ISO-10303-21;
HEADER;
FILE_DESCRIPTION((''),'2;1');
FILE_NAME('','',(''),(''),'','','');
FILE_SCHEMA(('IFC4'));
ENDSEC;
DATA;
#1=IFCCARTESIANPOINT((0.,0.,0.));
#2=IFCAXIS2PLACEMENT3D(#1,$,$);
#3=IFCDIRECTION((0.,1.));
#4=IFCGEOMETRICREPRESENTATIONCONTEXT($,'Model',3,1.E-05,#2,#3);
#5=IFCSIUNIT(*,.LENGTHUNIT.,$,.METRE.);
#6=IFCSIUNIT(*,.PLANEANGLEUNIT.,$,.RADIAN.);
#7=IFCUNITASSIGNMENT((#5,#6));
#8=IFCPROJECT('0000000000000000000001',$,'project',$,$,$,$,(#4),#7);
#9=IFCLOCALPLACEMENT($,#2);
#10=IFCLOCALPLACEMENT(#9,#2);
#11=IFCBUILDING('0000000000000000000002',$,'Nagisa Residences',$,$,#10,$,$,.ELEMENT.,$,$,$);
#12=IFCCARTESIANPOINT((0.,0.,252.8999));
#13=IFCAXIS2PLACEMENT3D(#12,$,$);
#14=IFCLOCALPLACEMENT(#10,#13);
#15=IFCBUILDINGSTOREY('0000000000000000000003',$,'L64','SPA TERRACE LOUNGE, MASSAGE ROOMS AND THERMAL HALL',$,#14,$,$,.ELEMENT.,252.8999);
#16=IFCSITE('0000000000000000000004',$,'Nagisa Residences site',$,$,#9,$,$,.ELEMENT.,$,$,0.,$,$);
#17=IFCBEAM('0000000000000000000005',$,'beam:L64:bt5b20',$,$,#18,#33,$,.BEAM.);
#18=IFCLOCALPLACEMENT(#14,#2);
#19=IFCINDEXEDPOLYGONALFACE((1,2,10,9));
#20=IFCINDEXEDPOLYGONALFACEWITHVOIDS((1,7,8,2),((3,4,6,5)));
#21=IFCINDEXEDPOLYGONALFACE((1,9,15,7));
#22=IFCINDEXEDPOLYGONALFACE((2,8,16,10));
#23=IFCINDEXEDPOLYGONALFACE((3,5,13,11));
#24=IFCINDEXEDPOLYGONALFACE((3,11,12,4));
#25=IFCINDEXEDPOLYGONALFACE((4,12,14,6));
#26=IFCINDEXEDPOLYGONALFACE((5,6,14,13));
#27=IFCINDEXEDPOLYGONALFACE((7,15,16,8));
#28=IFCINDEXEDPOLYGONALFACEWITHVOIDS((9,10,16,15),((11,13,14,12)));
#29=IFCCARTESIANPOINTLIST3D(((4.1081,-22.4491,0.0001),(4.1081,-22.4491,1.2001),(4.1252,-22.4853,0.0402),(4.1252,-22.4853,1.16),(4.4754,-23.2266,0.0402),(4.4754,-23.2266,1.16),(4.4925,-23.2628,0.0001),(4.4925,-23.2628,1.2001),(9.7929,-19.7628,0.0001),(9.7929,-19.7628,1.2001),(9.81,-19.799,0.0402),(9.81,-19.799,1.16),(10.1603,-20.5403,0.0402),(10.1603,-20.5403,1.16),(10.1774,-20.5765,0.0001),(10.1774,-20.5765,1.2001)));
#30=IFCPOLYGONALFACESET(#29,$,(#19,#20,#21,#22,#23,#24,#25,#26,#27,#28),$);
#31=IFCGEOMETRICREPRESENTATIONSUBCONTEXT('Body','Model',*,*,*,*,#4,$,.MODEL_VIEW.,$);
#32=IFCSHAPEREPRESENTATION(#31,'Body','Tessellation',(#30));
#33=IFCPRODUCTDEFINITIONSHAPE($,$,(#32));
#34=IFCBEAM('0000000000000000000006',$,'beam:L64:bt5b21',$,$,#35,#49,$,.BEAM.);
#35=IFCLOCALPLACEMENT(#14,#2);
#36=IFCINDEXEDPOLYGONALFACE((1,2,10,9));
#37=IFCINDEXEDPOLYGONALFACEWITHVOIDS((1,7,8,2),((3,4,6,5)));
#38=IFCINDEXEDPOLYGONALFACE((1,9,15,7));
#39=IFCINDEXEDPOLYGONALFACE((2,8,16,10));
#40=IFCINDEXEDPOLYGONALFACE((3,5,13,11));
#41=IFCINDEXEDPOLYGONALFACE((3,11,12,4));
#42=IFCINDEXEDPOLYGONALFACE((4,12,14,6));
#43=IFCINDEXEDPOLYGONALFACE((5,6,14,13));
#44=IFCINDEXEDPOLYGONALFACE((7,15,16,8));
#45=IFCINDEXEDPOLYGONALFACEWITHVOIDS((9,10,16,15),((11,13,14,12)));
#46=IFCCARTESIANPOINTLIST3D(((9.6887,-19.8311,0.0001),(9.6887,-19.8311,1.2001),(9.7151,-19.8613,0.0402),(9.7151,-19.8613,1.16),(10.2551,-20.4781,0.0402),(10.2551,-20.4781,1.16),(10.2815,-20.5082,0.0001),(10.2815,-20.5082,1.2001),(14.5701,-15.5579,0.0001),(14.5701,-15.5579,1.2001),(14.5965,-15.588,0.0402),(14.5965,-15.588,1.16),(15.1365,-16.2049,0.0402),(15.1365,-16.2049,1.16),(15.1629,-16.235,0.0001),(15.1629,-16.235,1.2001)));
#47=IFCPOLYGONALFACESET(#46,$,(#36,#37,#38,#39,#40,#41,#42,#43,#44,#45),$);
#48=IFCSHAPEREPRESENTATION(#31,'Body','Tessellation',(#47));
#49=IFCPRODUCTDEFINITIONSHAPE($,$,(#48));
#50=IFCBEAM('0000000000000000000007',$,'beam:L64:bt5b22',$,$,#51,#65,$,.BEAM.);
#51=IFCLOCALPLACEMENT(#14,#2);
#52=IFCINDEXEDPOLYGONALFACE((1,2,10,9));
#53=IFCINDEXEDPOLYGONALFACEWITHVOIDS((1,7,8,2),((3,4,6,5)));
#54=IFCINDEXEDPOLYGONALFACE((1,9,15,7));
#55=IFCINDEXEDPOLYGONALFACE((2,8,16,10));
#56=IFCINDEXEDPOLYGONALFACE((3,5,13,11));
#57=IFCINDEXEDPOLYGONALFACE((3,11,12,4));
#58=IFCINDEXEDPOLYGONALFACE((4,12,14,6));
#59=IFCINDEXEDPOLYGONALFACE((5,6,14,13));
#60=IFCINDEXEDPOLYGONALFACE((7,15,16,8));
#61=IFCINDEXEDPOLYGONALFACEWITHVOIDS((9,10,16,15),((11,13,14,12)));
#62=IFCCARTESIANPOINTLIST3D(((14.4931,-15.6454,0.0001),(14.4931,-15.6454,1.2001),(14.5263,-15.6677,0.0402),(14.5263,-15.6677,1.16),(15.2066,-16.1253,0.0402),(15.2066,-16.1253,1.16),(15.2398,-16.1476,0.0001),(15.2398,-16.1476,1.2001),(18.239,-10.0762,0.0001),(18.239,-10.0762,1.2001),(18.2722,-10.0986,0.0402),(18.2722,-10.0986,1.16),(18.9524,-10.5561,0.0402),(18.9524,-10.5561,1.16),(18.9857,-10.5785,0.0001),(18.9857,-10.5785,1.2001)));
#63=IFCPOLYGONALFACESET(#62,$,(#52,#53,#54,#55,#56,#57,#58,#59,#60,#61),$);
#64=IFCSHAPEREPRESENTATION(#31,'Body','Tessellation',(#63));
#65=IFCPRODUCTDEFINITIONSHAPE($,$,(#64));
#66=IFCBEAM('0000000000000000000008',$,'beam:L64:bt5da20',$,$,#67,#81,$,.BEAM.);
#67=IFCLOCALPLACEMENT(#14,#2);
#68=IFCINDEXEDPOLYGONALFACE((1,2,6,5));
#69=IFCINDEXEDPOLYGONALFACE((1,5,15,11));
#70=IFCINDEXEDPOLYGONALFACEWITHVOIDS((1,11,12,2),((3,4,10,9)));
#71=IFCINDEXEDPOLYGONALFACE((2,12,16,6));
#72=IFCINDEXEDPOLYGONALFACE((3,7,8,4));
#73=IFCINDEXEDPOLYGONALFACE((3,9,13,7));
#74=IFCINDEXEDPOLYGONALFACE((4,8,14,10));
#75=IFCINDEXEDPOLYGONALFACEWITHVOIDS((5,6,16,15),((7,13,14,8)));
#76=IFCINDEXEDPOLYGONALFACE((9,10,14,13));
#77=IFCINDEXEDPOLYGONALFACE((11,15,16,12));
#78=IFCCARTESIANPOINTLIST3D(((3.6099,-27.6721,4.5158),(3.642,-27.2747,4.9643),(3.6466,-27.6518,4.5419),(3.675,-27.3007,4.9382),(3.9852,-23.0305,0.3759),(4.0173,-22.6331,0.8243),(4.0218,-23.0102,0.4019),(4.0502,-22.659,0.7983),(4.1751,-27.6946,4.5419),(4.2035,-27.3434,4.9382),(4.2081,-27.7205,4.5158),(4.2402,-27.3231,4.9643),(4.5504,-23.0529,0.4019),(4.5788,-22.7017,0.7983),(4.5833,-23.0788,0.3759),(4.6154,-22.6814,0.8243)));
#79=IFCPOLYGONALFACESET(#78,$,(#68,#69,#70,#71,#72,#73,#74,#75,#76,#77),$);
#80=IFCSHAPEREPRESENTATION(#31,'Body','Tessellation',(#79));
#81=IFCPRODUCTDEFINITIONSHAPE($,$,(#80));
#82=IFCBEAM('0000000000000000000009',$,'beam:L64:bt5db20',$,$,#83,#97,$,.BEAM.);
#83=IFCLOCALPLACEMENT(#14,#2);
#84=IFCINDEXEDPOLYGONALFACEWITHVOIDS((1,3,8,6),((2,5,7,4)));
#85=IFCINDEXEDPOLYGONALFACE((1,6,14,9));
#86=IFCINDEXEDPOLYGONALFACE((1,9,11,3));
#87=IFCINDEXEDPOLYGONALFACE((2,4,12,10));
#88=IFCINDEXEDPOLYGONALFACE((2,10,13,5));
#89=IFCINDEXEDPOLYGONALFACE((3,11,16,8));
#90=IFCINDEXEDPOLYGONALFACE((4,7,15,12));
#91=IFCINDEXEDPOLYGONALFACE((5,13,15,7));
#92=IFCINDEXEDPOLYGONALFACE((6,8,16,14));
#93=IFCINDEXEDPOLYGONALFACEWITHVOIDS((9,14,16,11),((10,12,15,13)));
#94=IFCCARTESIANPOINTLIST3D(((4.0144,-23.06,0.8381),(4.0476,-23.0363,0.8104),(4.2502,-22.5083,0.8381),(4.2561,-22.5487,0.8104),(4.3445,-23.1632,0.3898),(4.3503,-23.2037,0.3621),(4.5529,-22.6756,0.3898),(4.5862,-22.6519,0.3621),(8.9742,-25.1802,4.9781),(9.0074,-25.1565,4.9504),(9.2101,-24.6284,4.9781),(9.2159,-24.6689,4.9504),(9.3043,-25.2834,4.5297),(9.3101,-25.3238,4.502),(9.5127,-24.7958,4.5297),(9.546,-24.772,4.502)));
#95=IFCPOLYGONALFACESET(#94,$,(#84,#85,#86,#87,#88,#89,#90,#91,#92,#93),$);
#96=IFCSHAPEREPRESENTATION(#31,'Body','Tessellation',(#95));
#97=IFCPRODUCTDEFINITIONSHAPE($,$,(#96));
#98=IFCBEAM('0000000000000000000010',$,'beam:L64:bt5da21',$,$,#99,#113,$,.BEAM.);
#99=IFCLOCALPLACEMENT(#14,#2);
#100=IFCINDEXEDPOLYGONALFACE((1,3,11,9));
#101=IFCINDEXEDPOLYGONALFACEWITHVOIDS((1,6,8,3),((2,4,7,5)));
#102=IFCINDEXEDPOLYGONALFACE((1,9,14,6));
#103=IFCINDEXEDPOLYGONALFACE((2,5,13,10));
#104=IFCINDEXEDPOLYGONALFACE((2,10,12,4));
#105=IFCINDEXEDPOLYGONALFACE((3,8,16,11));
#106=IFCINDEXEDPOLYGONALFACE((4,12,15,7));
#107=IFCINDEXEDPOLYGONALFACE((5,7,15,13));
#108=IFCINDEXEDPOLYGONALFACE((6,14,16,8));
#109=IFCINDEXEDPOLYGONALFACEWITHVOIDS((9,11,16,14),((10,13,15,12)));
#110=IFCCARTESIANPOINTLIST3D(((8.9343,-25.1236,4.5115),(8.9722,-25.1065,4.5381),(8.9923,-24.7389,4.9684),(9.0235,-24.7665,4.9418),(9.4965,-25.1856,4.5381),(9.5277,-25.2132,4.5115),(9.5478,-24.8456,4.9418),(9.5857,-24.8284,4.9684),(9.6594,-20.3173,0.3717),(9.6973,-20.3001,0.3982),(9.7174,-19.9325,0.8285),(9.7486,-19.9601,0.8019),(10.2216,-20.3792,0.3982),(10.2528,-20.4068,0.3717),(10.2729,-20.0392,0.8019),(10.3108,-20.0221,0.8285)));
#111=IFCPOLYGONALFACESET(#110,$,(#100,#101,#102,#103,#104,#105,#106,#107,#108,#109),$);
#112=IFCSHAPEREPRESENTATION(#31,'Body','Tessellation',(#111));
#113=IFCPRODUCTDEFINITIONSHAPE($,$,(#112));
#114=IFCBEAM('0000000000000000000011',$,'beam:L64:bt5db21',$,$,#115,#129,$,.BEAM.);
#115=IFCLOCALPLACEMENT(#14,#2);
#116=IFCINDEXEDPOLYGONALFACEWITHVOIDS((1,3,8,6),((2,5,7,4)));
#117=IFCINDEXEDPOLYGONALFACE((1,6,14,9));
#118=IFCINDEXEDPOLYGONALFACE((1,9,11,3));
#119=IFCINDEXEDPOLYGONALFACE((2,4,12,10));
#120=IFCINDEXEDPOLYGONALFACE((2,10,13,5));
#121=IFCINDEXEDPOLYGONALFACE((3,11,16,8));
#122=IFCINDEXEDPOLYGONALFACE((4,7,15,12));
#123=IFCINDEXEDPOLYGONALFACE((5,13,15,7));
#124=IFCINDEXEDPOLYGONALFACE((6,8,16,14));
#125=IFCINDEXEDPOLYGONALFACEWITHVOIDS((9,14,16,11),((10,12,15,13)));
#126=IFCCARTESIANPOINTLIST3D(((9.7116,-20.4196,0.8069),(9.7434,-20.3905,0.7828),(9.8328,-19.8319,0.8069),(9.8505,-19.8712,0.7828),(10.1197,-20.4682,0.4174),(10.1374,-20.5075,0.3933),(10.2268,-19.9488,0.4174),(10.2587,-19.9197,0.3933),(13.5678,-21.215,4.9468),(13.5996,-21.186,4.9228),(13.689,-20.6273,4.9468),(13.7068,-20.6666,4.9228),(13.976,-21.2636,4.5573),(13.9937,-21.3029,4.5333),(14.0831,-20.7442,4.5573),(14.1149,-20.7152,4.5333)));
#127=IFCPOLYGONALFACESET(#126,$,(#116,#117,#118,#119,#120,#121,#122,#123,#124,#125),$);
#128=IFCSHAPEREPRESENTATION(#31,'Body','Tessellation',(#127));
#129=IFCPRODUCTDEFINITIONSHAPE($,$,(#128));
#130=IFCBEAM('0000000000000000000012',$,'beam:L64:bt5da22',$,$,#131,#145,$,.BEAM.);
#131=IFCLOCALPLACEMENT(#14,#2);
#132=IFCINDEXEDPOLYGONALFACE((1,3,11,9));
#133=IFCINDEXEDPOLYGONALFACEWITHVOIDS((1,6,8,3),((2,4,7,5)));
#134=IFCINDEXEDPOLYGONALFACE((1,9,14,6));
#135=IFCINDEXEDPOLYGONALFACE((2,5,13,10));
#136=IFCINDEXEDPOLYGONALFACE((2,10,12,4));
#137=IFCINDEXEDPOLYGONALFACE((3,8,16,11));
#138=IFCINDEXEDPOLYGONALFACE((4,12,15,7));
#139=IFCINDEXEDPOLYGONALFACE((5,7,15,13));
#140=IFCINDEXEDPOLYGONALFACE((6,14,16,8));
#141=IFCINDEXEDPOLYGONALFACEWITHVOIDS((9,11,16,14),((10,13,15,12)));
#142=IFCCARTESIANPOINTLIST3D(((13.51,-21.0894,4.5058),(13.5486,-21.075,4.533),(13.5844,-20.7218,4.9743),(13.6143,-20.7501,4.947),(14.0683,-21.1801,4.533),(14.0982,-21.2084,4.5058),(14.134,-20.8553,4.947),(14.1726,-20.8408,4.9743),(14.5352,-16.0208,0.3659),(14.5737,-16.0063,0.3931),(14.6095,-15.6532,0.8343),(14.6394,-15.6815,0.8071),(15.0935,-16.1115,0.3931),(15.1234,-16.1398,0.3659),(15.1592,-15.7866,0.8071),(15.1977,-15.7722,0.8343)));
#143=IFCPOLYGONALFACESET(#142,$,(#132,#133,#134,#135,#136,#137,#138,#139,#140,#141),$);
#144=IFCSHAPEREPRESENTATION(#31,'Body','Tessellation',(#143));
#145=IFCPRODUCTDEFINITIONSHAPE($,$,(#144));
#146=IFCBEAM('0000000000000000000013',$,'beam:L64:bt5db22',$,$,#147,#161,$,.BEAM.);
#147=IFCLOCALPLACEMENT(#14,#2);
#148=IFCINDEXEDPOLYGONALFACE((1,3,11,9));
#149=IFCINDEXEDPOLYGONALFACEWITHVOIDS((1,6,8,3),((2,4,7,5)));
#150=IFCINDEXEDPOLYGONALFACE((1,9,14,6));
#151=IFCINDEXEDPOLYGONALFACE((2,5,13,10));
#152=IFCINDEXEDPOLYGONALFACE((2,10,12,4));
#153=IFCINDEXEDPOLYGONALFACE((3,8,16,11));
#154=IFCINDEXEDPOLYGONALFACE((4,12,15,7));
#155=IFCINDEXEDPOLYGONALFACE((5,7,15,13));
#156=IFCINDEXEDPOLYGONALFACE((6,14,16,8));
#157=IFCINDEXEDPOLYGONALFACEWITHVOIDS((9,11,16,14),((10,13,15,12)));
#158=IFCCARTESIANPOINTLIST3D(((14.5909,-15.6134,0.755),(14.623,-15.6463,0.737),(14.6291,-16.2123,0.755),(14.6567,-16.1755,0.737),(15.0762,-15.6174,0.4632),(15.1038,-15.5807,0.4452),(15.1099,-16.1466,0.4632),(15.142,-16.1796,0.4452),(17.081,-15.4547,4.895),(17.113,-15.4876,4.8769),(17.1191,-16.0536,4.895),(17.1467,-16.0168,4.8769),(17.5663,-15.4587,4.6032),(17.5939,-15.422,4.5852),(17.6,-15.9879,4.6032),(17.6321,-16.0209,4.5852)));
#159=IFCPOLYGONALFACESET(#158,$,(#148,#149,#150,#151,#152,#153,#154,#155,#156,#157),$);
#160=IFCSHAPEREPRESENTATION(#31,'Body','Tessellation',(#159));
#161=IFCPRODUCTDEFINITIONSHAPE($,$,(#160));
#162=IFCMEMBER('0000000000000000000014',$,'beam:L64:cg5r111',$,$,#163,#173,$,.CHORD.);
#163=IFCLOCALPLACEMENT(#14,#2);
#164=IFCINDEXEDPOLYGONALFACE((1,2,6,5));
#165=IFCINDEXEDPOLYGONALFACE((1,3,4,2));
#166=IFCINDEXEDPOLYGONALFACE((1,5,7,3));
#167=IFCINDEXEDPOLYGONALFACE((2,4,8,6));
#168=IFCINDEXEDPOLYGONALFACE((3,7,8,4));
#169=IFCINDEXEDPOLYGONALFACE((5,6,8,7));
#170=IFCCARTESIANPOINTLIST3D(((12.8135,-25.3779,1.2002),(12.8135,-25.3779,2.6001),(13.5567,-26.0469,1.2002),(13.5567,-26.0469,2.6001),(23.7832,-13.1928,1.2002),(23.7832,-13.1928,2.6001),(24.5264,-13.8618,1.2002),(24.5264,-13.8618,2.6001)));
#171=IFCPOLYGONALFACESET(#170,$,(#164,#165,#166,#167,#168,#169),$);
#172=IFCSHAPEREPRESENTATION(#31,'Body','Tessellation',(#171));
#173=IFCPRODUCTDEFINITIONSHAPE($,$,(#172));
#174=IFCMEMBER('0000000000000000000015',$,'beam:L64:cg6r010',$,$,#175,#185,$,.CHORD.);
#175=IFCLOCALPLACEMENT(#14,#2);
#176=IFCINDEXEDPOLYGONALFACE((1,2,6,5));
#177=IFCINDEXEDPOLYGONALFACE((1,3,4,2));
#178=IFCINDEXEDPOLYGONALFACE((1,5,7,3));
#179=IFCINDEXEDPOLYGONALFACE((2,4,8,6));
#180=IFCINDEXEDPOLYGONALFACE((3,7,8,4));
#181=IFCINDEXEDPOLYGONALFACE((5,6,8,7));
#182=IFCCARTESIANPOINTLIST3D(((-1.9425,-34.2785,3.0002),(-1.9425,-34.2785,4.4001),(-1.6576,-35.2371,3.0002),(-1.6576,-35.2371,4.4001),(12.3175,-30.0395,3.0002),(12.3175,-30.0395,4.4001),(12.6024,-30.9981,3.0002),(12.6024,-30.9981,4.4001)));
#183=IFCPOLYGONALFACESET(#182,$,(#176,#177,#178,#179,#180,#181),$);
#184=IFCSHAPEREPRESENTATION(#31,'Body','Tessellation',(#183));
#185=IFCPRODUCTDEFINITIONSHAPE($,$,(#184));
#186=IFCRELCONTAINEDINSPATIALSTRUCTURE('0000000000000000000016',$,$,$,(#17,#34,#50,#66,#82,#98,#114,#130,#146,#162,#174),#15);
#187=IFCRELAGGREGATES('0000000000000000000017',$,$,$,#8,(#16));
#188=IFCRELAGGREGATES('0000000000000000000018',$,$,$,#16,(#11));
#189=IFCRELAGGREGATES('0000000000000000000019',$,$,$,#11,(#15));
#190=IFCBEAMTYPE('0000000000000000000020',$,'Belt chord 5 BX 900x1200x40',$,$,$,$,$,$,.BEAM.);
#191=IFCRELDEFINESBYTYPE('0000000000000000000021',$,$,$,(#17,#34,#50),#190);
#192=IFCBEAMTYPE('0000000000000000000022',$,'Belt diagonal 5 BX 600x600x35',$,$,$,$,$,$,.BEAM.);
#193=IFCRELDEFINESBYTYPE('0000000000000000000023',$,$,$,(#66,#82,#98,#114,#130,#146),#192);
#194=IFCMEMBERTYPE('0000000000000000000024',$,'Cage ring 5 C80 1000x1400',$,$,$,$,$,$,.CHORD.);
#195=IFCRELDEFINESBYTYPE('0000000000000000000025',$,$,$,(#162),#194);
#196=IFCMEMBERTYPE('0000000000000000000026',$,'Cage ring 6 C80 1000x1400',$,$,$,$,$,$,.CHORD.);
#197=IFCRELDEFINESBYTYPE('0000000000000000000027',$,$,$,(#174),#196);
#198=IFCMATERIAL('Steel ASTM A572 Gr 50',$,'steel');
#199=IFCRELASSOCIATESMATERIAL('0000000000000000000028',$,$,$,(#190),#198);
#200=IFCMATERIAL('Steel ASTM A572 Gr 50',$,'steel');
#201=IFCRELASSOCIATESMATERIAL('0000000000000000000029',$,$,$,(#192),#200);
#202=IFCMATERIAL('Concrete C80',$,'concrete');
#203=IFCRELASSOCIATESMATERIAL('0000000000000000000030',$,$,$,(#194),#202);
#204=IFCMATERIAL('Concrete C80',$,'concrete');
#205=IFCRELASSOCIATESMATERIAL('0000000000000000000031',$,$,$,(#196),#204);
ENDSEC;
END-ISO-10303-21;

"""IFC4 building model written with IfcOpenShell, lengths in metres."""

from ifc_helpers import new_model, si_unit, direction, frame, origin, origin_2d, place, context, subcontext, project, spatial, rectangle, hollow_rectangle, extrude, material, material_profile, profile_set, type_object, element, save


model = new_model("IFC4")

# Units and contexts
model_context = context("Model", 3, precision=1e-05, world=origin(), true_north=direction((0.0, 1.0)))
body_context = subcontext(model_context, "Body", "Model", "MODEL_VIEW")
ifc_project = project(units=[si_unit("LENGTHUNIT", "METRE"), si_unit("PLANEANGLEUNIT", "RADIAN")], contexts=[model_context])

# Site, building, storey
site_placement = place(None, origin())
site = spatial("IfcSite", under=ifc_project, at=site_placement, Name="Nagisa Residences site", CompositionType="ELEMENT", RefElevation=0.0)
building_placement = place(site_placement, origin())
building = spatial("IfcBuilding", under=site, at=building_placement, Name="Nagisa Residences", CompositionType="ELEMENT")
storey_placement = place(building_placement, frame((0.0, 0.0, 252.8999)))
storey = spatial("IfcBuildingStorey", under=building, at=storey_placement, Name="L64", Description="SPA TERRACE LOUNGE, MASSAGE ROOMS AND THERMAL HALL", CompositionType="ELEMENT", Elevation=252.8999)

# Beams
ifc_material_1 = material(Name="Steel ASTM A572 Gr 50", Category="steel")
ifc_material_profile_1 = material_profile(ifc_material_1, hollow_rectangle(XDim=0.8999, YDim=1.2, WallThickness=0.04, at=origin_2d()), Name="BX 900x1200x40")
ifc_profile_set_1 = profile_set([ifc_material_profile_1], Name="Steel ASTM A572 Gr 50")
beam_type_1 = type_object("IfcBeamType", Name="Belt chord 5 BX 900x1200x40", PredefinedType="BEAM", material=ifc_profile_set_1)
beam_1_placement = place(storey_placement, frame((4.3003, -22.856, 0.6001), z_axis=(0.904139, 0.427238, 0.0), x_axis=(-0.427238, 0.904139, 0.0)))
element("IfcBeam", 1, at=beam_1_placement, inside=storey, type_object=beam_type_1, Name="beam:L64:bt5b20", PredefinedType="BEAM", context=body_context, shape_type="SweptSolid", body=[
    extrude(hollow_rectangle(XDim=0.8999, YDim=1.2, WallThickness=0.04, at=origin_2d()), origin(), (0.0, 0.0, 1.0), 6.2876),
])
beam_2_placement = place(storey_placement, frame((9.9851, -20.1697, 0.6001), z_axis=(0.752423, 0.65868, 0.0), x_axis=(-0.65868, 0.752423, 0.0)))
element("IfcBeam", 2, at=beam_2_placement, inside=storey, type_object=beam_type_1, Name="beam:L64:bt5b21", PredefinedType="BEAM", context=body_context, shape_type="SweptSolid", body=[
    extrude(hollow_rectangle(XDim=0.8999, YDim=1.2, WallThickness=0.04, at=origin_2d()), origin(), (0.0, 0.0, 1.0), 6.4875),
])
beam_3_placement = place(storey_placement, frame((14.8665, -15.8965, 0.6001), z_axis=(0.558112, 0.829766, 0.0), x_axis=(-0.829766, 0.558112, 0.0)))
element("IfcBeam", 3, at=beam_3_placement, inside=storey, type_object=beam_type_1, Name="beam:L64:bt5b22", PredefinedType="BEAM", context=body_context, shape_type="SweptSolid", body=[
    extrude(hollow_rectangle(XDim=0.8999, YDim=1.2, WallThickness=0.04, at=origin_2d()), origin(), (0.0, 0.0, 1.0), 6.7117),
])
ifc_material_2 = material(Name="Steel ASTM A572 Gr 50", Category="steel")
ifc_material_profile_2 = material_profile(ifc_material_2, hollow_rectangle(XDim=0.6001, YDim=0.6001, WallThickness=0.0349, at=origin_2d()), Name="BX 600x600x35")
ifc_profile_set_2 = profile_set([ifc_material_profile_2], Name="Steel ASTM A572 Gr 50")
beam_type_2 = type_object("IfcBeamType", Name="Belt diagonal 5 BX 600x600x35", PredefinedType="BEAM", material=ifc_profile_set_2)
beam_4_placement = place(storey_placement, frame((4.3003, -22.856, 0.6001), z_axis=(-0.060223, -0.744934, 0.664414), x_axis=(0.996748, -0.080581, 0.0)))
element("IfcBeam", 4, at=beam_4_placement, inside=storey, type_object=beam_type_2, Name="beam:L64:bt5da20", PredefinedType="BEAM", context=body_context, shape_type="SweptSolid", body=[
    extrude(hollow_rectangle(XDim=0.6001, YDim=0.6001, WallThickness=0.0349, at=origin_2d()), origin(), (0.0, 0.0, 1.0), 6.231),
])
beam_5_placement = place(storey_placement, frame((4.3003, -22.856, 0.6001), z_axis=(0.72943, -0.311808, 0.608858), x_axis=(0.393061, 0.919512, 0.0)))
element("IfcBeam", 5, at=beam_5_placement, inside=storey, type_object=beam_type_2, Name="beam:L64:bt5db20", PredefinedType="BEAM", context=body_context, shape_type="SweptSolid", body=[
    extrude(hollow_rectangle(XDim=0.6001, YDim=0.6001, WallThickness=0.0349, at=origin_2d()), origin(), (0.0, 0.0, 1.0), 6.7996),
])
beam_6_placement = place(storey_placement, frame((9.9851, -20.1697, 0.6001), z_axis=(-0.113566, -0.752785, 0.648396), x_axis=(0.988811, -0.149173, 0.0)))
element("IfcBeam", 6, at=beam_6_placement, inside=storey, type_object=beam_type_2, Name="beam:L64:bt5da21", PredefinedType="BEAM", context=body_context, shape_type="SweptSolid", body=[
    extrude(hollow_rectangle(XDim=0.6001, YDim=0.6001, WallThickness=0.0349, at=origin_2d()), origin(), (0.0, 0.0, 1.0), 6.3848),
])
beam_7_placement = place(storey_placement, frame((9.9851, -20.1697, 0.6001), z_axis=(0.674953, -0.139221, 0.724608), x_axis=(0.202015, 0.979382, 0.0)))
element("IfcBeam", 7, at=beam_7_placement, inside=storey, type_object=beam_type_2, Name="beam:L64:bt5db21", PredefinedType="BEAM", context=body_context, shape_type="SweptSolid", body=[
    extrude(hollow_rectangle(XDim=0.6001, YDim=0.6001, WallThickness=0.0349, at=origin_2d()), origin(), (0.0, 0.0, 1.0), 5.7134),
])
beam_8_placement = place(storey_placement, frame((14.8665, -15.8965, 0.6001), z_axis=(-0.154757, -0.765162, 0.624962), x_axis=(0.980153, -0.19824, 0.0)))
element("IfcBeam", 8, at=beam_8_placement, inside=storey, type_object=beam_type_2, Name="beam:L64:bt5da22", PredefinedType="BEAM", context=body_context, shape_type="SweptSolid", body=[
    extrude(hollow_rectangle(XDim=0.6001, YDim=0.6001, WallThickness=0.0349, at=origin_2d()), origin(), (0.0, 0.0, 1.0), 6.6243),
])
beam_9_placement = place(storey_placement, frame((14.8665, -15.8965, 0.6001), z_axis=(0.515139, 0.032831, 0.856478), x_axis=(-0.063603, 0.997975, 0.0)))
element("IfcBeam", 9, at=beam_9_placement, inside=storey, type_object=beam_type_2, Name="beam:L64:bt5db22", PredefinedType="BEAM", context=body_context, shape_type="SweptSolid", body=[
    extrude(hollow_rectangle(XDim=0.6001, YDim=0.6001, WallThickness=0.0349, at=origin_2d()), origin(), (0.0, 0.0, 1.0), 4.8337),
])

# Members
ifc_material_3 = material(Name="Concrete C80", Category="concrete")
ifc_material_profile_3 = material_profile(ifc_material_3, rectangle(XDim=1.0, YDim=1.3999, at=origin_2d()), Name="C80 1000x1400")
ifc_profile_set_3 = profile_set([ifc_material_profile_3], Name="Concrete C80")
member_type_1 = type_object("IfcMemberType", Name="Cage ring 5 C80 1000x1400", PredefinedType="CHORD", material=ifc_profile_set_3)
member_1_placement = place(storey_placement, frame((13.1851, -25.7124, 1.9001), z_axis=(0.669072, 0.743198, 0.0), x_axis=(-0.743198, 0.669072, 0.0)))
element("IfcMember", 10, at=member_1_placement, inside=storey, type_object=member_type_1, Name="beam:L64:cg5r111", PredefinedType="CHORD", context=body_context, shape_type="SweptSolid", body=[
    extrude(rectangle(XDim=1.0, YDim=1.3999, at=origin_2d()), origin(), (0.0, 0.0, 1.0), 16.3955),
])
ifc_material_4 = material(Name="Concrete C80", Category="concrete")
ifc_material_profile_4 = material_profile(ifc_material_4, rectangle(XDim=1.0, YDim=1.3999, at=origin_2d()), Name="C80 1000x1400")
ifc_profile_set_4 = profile_set([ifc_material_profile_4], Name="Concrete C80")
member_type_2 = type_object("IfcMemberType", Name="Cage ring 6 C80 1000x1400", PredefinedType="CHORD", material=ifc_profile_set_4)
member_2_placement = place(storey_placement, frame((-1.8, -34.7578, 3.7002), z_axis=(0.958545, 0.284943, 0.0), x_axis=(-0.284943, 0.958545, 0.0)))
element("IfcMember", 11, at=member_2_placement, inside=storey, type_object=member_type_2, Name="beam:L64:cg6r010", PredefinedType="CHORD", context=body_context, shape_type="SweptSolid", body=[
    extrude(rectangle(XDim=1.0, YDim=1.3999, at=origin_2d()), origin(), (0.0, 0.0, 1.0), 14.8767),
])

save(model, "model.ifc")
